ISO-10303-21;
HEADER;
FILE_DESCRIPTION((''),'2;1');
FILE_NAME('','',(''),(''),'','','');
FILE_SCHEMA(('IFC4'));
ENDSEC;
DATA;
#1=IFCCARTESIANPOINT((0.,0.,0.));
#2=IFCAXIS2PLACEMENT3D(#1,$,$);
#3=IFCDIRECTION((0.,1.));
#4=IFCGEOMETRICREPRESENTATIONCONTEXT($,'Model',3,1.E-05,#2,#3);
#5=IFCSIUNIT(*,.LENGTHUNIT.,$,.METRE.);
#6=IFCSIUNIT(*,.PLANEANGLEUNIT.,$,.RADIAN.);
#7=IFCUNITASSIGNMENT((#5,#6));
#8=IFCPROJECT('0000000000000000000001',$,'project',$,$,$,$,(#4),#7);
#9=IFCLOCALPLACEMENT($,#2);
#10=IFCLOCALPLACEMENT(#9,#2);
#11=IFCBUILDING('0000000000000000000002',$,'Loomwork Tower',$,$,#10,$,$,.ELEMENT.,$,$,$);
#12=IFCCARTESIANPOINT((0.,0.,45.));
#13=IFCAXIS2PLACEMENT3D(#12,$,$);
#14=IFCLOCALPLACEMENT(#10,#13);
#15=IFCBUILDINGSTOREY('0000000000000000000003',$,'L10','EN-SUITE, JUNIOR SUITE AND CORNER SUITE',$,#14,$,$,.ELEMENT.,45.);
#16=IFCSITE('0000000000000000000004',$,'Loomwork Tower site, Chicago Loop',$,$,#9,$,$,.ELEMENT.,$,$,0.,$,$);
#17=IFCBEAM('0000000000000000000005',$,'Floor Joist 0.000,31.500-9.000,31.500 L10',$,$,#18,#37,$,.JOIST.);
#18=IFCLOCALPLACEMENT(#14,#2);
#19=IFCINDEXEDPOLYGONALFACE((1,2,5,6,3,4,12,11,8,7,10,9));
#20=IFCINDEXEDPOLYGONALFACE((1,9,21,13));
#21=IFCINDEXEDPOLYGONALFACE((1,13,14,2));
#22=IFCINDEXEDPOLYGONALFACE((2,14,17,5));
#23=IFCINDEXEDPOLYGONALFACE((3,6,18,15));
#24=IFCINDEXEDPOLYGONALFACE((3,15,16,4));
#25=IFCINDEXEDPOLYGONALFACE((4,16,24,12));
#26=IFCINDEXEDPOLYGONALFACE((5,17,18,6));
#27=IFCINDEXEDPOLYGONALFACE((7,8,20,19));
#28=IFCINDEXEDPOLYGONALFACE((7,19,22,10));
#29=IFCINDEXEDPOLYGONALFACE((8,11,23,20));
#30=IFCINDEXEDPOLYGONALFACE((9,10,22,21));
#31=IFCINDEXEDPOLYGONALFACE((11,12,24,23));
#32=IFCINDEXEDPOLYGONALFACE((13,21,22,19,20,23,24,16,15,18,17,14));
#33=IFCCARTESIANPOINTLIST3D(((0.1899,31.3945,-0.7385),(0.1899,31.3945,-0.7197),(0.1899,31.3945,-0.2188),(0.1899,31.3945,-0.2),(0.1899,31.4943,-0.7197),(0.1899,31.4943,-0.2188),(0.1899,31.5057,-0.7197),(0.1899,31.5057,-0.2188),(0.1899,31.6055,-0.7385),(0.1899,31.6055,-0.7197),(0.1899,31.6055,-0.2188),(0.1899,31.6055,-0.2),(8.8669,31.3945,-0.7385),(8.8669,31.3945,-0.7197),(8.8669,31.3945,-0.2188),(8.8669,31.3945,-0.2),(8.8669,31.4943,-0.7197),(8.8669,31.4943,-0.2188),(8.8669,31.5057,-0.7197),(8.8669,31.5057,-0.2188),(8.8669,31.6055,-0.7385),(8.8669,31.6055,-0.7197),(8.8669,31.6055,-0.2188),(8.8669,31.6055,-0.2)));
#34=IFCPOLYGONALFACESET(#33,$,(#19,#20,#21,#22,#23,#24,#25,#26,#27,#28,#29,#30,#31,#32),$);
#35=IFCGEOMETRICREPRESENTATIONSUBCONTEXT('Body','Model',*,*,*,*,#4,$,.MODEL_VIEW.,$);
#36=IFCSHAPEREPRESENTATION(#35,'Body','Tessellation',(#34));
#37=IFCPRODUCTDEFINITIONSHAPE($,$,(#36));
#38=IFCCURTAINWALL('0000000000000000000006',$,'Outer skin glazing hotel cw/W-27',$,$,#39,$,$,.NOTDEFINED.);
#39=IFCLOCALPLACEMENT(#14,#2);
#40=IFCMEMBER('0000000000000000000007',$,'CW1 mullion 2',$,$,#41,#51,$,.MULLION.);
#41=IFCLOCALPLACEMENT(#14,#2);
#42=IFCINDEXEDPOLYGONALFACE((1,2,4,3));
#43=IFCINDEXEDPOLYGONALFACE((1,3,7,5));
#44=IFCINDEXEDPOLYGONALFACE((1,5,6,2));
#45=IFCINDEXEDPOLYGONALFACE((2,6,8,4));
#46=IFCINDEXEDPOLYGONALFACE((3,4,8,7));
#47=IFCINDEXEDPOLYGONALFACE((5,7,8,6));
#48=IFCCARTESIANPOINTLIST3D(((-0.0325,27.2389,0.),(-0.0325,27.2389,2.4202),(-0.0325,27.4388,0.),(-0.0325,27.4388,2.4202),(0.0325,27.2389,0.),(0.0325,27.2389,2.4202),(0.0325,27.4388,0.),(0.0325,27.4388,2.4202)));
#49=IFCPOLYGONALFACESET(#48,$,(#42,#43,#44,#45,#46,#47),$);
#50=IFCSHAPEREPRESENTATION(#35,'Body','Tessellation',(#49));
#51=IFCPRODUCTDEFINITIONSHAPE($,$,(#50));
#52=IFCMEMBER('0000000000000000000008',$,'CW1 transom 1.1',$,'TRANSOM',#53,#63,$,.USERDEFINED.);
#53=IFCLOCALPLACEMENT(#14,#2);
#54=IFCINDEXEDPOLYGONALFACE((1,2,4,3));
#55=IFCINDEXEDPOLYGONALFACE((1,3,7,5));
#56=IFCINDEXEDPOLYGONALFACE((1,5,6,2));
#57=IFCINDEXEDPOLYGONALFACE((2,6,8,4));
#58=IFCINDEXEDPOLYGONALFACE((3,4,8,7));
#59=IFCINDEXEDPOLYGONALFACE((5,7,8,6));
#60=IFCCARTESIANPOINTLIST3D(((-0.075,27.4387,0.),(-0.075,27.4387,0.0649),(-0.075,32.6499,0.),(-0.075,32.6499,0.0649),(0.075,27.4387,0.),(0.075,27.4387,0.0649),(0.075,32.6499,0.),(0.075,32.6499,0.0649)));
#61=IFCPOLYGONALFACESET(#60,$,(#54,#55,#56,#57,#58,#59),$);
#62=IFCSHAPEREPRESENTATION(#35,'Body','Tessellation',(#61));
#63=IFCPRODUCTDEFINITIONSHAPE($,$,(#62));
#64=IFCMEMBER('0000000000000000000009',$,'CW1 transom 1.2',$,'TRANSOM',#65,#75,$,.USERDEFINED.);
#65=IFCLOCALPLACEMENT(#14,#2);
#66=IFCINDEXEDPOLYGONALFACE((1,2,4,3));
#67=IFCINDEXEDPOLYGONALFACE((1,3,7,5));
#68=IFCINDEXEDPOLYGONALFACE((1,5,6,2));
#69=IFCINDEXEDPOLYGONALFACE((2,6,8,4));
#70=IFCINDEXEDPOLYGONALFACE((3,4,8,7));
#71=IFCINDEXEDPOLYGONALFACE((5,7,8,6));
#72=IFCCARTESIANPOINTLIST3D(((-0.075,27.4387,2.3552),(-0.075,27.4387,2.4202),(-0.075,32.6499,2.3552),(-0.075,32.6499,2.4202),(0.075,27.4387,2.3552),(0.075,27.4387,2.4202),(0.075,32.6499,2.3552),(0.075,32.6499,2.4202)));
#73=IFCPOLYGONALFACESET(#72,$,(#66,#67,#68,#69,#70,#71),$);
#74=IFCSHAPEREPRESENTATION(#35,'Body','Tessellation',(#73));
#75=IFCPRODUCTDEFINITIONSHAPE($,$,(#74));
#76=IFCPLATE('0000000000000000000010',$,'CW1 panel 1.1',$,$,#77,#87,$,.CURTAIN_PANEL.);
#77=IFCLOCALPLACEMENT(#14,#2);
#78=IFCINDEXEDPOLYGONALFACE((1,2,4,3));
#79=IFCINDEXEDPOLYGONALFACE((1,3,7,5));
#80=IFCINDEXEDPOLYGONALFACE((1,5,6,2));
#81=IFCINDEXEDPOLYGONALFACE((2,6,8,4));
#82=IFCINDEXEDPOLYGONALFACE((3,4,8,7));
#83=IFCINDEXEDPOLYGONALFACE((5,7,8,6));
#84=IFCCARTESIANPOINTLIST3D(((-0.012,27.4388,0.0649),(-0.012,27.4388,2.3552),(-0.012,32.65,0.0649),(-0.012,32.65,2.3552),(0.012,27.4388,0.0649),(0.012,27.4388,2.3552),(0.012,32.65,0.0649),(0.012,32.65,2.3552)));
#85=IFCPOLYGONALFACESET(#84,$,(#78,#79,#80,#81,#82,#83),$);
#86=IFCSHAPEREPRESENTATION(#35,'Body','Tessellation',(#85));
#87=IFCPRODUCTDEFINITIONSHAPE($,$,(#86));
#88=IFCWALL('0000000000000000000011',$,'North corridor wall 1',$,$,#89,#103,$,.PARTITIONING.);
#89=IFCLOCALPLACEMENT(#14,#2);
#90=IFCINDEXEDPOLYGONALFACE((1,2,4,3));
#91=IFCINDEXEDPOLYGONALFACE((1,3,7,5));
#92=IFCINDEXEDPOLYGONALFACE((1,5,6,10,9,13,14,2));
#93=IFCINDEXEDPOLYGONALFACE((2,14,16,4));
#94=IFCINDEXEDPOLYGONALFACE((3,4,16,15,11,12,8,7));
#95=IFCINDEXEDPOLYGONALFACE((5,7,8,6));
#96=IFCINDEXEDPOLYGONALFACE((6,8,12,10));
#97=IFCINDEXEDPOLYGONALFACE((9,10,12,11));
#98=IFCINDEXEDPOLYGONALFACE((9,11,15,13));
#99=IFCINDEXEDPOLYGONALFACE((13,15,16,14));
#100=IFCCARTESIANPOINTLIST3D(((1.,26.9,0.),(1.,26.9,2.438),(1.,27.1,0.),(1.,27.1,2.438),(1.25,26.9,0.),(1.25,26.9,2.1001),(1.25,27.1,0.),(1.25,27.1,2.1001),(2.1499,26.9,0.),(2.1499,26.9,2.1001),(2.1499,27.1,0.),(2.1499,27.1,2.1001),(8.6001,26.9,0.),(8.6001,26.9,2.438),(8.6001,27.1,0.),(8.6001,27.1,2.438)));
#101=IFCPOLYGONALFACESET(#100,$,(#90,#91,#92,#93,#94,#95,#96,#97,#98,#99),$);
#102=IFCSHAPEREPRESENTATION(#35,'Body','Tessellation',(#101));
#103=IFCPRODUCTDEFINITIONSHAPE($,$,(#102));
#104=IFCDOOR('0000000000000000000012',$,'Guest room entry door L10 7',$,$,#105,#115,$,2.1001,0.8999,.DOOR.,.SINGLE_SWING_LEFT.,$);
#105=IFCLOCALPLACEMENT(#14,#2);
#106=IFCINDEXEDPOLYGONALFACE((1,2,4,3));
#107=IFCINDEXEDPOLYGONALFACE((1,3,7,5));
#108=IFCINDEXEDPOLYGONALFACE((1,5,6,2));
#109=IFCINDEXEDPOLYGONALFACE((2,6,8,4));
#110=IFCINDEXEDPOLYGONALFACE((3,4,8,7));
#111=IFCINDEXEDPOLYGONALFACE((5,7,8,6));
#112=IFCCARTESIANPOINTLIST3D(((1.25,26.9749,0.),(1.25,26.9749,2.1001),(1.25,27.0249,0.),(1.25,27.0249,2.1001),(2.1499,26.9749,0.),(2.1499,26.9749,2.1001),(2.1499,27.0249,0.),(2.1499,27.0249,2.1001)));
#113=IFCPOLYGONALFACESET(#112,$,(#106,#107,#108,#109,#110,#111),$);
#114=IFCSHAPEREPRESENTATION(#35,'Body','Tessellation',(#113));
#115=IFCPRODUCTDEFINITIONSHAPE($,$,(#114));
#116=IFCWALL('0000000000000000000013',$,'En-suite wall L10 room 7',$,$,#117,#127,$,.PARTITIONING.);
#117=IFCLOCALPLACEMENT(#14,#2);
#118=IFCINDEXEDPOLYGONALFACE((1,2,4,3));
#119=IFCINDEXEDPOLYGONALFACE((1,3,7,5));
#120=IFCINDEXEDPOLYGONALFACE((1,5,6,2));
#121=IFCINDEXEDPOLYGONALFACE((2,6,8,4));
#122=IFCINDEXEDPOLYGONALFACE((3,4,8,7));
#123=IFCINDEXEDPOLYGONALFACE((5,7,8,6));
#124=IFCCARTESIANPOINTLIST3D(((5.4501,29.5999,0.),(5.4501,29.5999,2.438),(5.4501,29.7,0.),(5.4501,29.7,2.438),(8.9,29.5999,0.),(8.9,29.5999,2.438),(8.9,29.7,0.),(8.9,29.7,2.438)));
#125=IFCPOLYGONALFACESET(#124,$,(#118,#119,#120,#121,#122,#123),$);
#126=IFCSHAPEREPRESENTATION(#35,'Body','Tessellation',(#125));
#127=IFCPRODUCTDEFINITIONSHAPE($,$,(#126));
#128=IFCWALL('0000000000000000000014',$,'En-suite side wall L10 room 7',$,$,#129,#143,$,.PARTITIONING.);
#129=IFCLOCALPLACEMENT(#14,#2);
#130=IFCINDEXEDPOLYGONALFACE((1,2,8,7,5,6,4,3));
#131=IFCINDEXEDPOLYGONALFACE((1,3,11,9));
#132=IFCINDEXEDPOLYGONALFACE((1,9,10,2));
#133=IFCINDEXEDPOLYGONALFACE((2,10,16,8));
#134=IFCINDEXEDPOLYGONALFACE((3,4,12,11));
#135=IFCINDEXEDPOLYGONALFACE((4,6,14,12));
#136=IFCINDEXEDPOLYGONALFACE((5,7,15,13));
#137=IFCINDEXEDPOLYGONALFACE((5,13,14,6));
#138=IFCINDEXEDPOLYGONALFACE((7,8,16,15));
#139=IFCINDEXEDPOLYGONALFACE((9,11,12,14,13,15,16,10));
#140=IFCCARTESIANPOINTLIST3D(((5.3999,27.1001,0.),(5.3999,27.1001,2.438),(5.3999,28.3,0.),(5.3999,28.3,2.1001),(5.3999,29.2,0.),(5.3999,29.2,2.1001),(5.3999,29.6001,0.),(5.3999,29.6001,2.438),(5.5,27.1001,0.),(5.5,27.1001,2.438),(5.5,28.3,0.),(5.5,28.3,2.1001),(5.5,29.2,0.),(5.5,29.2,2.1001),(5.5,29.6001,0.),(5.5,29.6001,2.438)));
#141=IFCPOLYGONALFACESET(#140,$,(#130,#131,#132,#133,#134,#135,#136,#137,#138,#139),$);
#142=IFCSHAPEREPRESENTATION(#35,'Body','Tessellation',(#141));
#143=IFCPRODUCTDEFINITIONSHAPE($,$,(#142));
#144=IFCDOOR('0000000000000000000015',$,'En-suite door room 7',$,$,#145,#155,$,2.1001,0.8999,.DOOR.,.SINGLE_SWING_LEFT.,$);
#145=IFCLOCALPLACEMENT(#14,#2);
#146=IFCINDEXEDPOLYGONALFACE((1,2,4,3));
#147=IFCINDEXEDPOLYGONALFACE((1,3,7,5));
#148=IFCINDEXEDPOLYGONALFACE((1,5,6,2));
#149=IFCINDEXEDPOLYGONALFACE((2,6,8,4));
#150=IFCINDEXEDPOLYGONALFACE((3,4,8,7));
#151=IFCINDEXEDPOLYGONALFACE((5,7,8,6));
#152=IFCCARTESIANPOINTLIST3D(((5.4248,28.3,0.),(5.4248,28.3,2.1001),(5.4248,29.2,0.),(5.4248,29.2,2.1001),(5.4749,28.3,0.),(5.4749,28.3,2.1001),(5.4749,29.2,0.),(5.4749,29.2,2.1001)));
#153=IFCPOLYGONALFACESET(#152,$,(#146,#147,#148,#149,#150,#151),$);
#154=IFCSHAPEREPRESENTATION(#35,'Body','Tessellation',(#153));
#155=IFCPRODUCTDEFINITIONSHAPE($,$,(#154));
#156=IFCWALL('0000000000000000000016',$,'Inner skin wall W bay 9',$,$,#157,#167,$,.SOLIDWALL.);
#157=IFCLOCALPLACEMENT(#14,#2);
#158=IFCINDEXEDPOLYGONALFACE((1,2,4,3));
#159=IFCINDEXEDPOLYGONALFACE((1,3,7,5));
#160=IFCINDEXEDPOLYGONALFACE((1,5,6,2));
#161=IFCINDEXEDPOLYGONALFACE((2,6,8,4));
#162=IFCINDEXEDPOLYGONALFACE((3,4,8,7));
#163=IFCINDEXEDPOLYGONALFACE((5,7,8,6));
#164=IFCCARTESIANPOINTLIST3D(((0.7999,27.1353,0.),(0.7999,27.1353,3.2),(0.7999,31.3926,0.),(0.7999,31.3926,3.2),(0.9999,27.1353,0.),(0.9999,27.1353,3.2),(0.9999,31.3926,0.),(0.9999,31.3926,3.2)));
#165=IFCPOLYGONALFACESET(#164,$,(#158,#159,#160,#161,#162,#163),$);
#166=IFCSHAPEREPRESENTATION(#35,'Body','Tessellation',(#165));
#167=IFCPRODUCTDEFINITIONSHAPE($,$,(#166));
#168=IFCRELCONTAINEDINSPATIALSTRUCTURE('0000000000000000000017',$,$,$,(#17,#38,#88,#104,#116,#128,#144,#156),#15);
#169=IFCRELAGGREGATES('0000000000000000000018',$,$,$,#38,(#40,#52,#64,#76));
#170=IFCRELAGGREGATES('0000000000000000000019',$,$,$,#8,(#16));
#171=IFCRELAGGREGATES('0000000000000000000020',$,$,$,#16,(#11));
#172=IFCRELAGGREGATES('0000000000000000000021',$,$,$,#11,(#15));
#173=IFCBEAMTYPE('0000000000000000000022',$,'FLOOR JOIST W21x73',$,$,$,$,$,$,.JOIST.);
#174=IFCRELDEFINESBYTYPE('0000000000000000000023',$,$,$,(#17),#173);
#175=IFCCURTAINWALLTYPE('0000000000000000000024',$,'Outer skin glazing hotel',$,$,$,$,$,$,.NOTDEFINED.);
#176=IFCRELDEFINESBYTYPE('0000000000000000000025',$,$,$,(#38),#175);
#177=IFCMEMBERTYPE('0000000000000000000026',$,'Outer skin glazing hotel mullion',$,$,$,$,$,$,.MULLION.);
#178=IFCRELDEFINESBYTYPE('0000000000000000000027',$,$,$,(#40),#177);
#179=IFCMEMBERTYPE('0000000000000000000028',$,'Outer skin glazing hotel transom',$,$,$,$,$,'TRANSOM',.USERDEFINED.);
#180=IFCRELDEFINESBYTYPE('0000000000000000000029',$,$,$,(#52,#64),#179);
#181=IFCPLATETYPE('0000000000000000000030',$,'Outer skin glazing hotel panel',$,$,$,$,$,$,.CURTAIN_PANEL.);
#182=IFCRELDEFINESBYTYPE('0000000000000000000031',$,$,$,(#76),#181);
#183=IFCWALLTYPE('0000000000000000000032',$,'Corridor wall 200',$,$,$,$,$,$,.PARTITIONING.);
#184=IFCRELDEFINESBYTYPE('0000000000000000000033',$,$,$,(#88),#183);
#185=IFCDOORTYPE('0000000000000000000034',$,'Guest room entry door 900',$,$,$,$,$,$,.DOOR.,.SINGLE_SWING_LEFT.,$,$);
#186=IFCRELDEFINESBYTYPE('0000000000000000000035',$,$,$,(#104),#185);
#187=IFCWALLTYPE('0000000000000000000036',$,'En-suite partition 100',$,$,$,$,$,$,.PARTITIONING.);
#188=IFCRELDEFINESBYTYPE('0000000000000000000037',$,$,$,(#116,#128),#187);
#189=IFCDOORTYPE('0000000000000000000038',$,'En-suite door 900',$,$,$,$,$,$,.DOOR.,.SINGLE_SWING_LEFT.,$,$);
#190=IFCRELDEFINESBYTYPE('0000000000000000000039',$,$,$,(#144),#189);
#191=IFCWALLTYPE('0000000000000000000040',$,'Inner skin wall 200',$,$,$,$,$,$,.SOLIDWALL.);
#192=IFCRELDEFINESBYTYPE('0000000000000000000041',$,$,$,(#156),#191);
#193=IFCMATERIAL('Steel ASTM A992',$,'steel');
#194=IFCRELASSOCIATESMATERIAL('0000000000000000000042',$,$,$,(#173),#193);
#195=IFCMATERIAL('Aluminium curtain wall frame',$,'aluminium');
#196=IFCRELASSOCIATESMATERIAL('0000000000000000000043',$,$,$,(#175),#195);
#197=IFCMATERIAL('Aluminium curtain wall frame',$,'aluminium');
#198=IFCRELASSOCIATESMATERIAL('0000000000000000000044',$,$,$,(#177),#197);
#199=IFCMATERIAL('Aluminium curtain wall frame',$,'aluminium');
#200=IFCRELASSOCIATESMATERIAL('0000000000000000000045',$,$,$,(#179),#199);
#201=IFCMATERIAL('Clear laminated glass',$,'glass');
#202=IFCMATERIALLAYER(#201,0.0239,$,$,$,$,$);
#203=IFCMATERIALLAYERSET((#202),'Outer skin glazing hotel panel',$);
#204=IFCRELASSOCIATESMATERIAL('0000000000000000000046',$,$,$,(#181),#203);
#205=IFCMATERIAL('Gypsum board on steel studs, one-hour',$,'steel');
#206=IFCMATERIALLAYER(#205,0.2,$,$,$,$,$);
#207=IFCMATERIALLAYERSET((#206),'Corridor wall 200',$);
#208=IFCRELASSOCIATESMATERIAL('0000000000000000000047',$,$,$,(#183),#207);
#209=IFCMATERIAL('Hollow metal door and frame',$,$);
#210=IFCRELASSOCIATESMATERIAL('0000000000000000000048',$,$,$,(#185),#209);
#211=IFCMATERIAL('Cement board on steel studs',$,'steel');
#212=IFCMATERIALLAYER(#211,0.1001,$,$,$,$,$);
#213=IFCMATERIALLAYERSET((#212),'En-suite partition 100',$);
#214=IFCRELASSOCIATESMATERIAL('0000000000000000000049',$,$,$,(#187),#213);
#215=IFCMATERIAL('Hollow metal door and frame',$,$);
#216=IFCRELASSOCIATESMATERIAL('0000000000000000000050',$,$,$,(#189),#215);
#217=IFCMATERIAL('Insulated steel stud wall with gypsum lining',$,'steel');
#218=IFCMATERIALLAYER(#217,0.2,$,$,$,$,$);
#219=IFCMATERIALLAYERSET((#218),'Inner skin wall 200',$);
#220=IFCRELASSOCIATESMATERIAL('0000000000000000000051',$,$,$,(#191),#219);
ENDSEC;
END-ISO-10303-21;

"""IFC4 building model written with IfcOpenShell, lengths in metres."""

from ifc_helpers import new_model, si_unit, direction, frame, frame_2d, origin, origin_2d, place, context, subcontext, project, spatial, rectangle, i_section, extrude, material, layer, layer_set, material_profile, profile_set, type_object, element, fill, aggregate, save


model = new_model("IFC4")

# Units and contexts
model_context = context("Model", 3, precision=1e-05, world=origin(), true_north=direction((0.0, 1.0)))
body_context = subcontext(model_context, "Body", "Model", "MODEL_VIEW")
ifc_project = project(units=[si_unit("LENGTHUNIT", "METRE"), si_unit("PLANEANGLEUNIT", "RADIAN")], contexts=[model_context])

# Site, building, storey
site_placement = place(None, origin())
site = spatial("IfcSite", under=ifc_project, at=site_placement, Name="Loomwork Tower site, Chicago Loop", CompositionType="ELEMENT", RefElevation=0.0)
building_placement = place(site_placement, origin())
building = spatial("IfcBuilding", under=site, at=building_placement, Name="Loomwork Tower", CompositionType="ELEMENT")
storey_placement = place(building_placement, frame((0.0, 0.0, 45.0)))
storey = spatial("IfcBuildingStorey", under=building, at=storey_placement, Name="L10", Description="EN-SUITE, JUNIOR SUITE AND CORNER SUITE", CompositionType="ELEMENT", Elevation=45.0)

# Beam
ifc_material_1 = material(Name="Steel ASTM A992", Category="steel")
ifc_material_profile_1 = material_profile(ifc_material_1, i_section(OverallWidth=0.2109, OverallDepth=0.5386, WebThickness=0.0115, FlangeThickness=0.0188, at=origin_2d()), Name="W21x73")
ifc_profile_set_1 = profile_set([ifc_material_profile_1], Name="Steel ASTM A992")
beam_type = type_object("IfcBeamType", Name="FLOOR JOIST W21x73", PredefinedType="JOIST", material=ifc_profile_set_1)
beam_placement = place(storey_placement, frame((0.1899, 31.5, -0.4692), z_axis=(1.0, 0.0, 0.0), x_axis=(0.0, 1.0, 0.0)))
element("IfcBeam", 1, at=beam_placement, inside=storey, type_object=beam_type, Name="Floor Joist 0.000,31.500-9.000,31.500 L10", PredefinedType="JOIST", context=body_context, shape_type="SweptSolid", body=[
    extrude(i_section(OverallWidth=0.2109, OverallDepth=0.5386, WebThickness=0.0115, FlangeThickness=0.0188, at=origin_2d()), origin(), (0.0, 0.0, 1.0), 8.677),
])

# Curtain wall, members, plate
ifc_material_2 = material(Name="Aluminium curtain wall frame", Category="aluminium")
curtain_wall_type = type_object("IfcCurtainWallType", Name="Outer skin glazing hotel", PredefinedType="NOTDEFINED", material=ifc_material_2)
curtain_wall_placement = place(storey_placement, origin())
curtain_wall = element("IfcCurtainWall", 2, at=curtain_wall_placement, inside=storey, type_object=curtain_wall_type, Name="Outer skin glazing hotel cw/W-27", PredefinedType="NOTDEFINED")
ifc_material_3 = material(Name="Aluminium curtain wall frame", Category="aluminium")
ifc_material_profile_2 = material_profile(ifc_material_3, rectangle(XDim=0.0649, YDim=0.2, at=origin_2d()), Name="AL 65x200")
ifc_profile_set_2 = profile_set([ifc_material_profile_2], Name="Aluminium curtain wall frame")
member_type_1 = type_object("IfcMemberType", Name="Outer skin glazing hotel mullion", PredefinedType="MULLION", material=ifc_profile_set_2)
member_1_placement = place(storey_placement, frame((0.0, 27.3389, 0.0), z_axis=(0.0, 0.0, 1.0), x_axis=(1.0, 0.0, 0.0)))
member_1 = element("IfcMember", 3, at=member_1_placement, type_object=member_type_1, Name="CW1 mullion 2", PredefinedType="MULLION", context=body_context, shape_type="SweptSolid", body=[
    extrude(rectangle(XDim=0.0649, YDim=0.2, at=origin_2d()), origin(), (0.0, 0.0, 1.0), 2.4202),
])
ifc_material_4 = material(Name="Aluminium curtain wall frame", Category="aluminium")
ifc_material_profile_3 = material_profile(ifc_material_4, rectangle(XDim=0.1499, YDim=0.0649, at=origin_2d()), Name="AL 65x150")
ifc_profile_set_3 = profile_set([ifc_material_profile_3], Name="Aluminium curtain wall frame")
member_type_2 = type_object("IfcMemberType", Name="Outer skin glazing hotel transom", ElementType="TRANSOM", PredefinedType="USERDEFINED", material=ifc_profile_set_3)
member_2_placement = place(storey_placement, frame((0.0, 32.6499, 0.0325), z_axis=(0.0, -1.0, 0.0), x_axis=(1.0, 0.0, 0.0)))
member_2 = element("IfcMember", 4, at=member_2_placement, type_object=member_type_2, Name="CW1 transom 1.1", ObjectType="TRANSOM", PredefinedType="USERDEFINED", context=body_context, shape_type="SweptSolid", body=[
    extrude(rectangle(XDim=0.1499, YDim=0.0649, at=origin_2d()), origin(), (0.0, 0.0, 1.0), 5.2112),
])
member_3_placement = place(storey_placement, frame((0.0, 32.6499, 2.3877), z_axis=(0.0, -1.0, 0.0), x_axis=(1.0, 0.0, 0.0)))
member_3 = element("IfcMember", 5, at=member_3_placement, type_object=member_type_2, Name="CW1 transom 1.2", ObjectType="TRANSOM", PredefinedType="USERDEFINED", context=body_context, shape_type="SweptSolid", body=[
    extrude(rectangle(XDim=0.1499, YDim=0.0649, at=origin_2d()), origin(), (0.0, 0.0, 1.0), 5.2112),
])
ifc_material_5 = material(Name="Clear laminated glass", Category="glass")
ifc_layer_1 = layer(ifc_material_5, 0.0239)
ifc_layer_set_1 = layer_set([ifc_layer_1], Name="Outer skin glazing hotel panel")
plate_type = type_object("IfcPlateType", Name="Outer skin glazing hotel panel", PredefinedType="CURTAIN_PANEL", material=ifc_layer_set_1)
plate_placement = place(storey_placement, frame((0.0, 30.0444, 0.0649), z_axis=(0.0, 0.0, 1.0), x_axis=(0.0, -1.0, 0.0)))
plate = element("IfcPlate", 6, at=plate_placement, type_object=plate_type, Name="CW1 panel 1.1", PredefinedType="CURTAIN_PANEL", context=body_context, shape_type="SweptSolid", body=[
    extrude(rectangle(XDim=5.2112, YDim=0.0239, at=origin_2d()), origin(), (0.0, 0.0, 1.0), 2.2903),
])
aggregate(curtain_wall, [member_1, member_2, member_3, plate])

# Wall, opening, door
ifc_material_6 = material(Name="Gypsum board on steel studs, one-hour", Category="steel")
ifc_layer_2 = layer(ifc_material_6, 0.2)
ifc_layer_set_2 = layer_set([ifc_layer_2], Name="Corridor wall 200")
wall_type_1 = type_object("IfcWallType", Name="Corridor wall 200", PredefinedType="PARTITIONING", material=ifc_layer_set_2)
wall_1_placement = place(storey_placement, frame((1.0, 27.0, 0.0), z_axis=(0.0, 0.0, 1.0), x_axis=(1.0, 0.0, 0.0)))
wall_1 = element("IfcWall", 7, at=wall_1_placement, inside=storey, type_object=wall_type_1, Name="North corridor wall 1", PredefinedType="PARTITIONING", context=body_context, shape_type="SweptSolid", body=[
    extrude(rectangle(XDim=7.6001, YDim=0.2, at=frame_2d((3.8, 0.0))), origin(), (0.0, 0.0, 1.0), 2.438),
])
opening_1_placement = place(wall_1_placement, frame((0.25, 0.0, 0.0)))
opening_1 = element("IfcOpeningElement", 8, at=opening_1_placement, cuts=wall_1, PredefinedType="OPENING", context=body_context, shape_type="SweptSolid", body=[
    extrude(rectangle(XDim=0.8999, YDim=2.1001, at=frame_2d((0.45, 1.05))), frame((0.0, 0.1099, 0.0), z_axis=(0.0, -1.0, 0.0), x_axis=(1.0, 0.0, 0.0)), (0.0, 0.0, 1.0), 0.22),
])
ifc_material_7 = material(Name="Hollow metal door and frame")
door_type_1 = type_object("IfcDoorType", Name="Guest room entry door 900", OperationType="SINGLE_SWING_LEFT", PredefinedType="DOOR", material=ifc_material_7)
door_1_placement = place(opening_1_placement, origin())
door_1 = element("IfcDoor", 9, at=door_1_placement, inside=storey, type_object=door_type_1, Name="Guest room entry door L10 7", OperationType="SINGLE_SWING_LEFT", OverallHeight=2.1001, OverallWidth=0.8999, PredefinedType="DOOR", context=body_context, shape_type="SweptSolid", body=[
    extrude(rectangle(XDim=0.8999, YDim=2.1001, at=frame_2d((0.45, 1.05))), frame((0.0, 0.0249, 0.0), z_axis=(0.0, -1.0, 0.0), x_axis=(1.0, 0.0, 0.0)), (0.0, 0.0, 1.0), 0.05),
])
fill(opening_1, door_1)

# Wall
ifc_material_8 = material(Name="Cement board on steel studs", Category="steel")
ifc_layer_3 = layer(ifc_material_8, 0.1001)
ifc_layer_set_3 = layer_set([ifc_layer_3], Name="En-suite partition 100")
wall_type_2 = type_object("IfcWallType", Name="En-suite partition 100", PredefinedType="PARTITIONING", material=ifc_layer_set_3)
wall_2_placement = place(storey_placement, frame((5.45, 29.6499, 0.0), z_axis=(0.0, 0.0, 1.0), x_axis=(1.0, 0.0, 0.0)))
element("IfcWall", 10, at=wall_2_placement, inside=storey, type_object=wall_type_2, Name="En-suite wall L10 room 7", PredefinedType="PARTITIONING", context=body_context, shape_type="SweptSolid", body=[
    extrude(rectangle(XDim=3.45, YDim=0.1001, at=frame_2d((1.7251, 0.0))), origin(), (0.0, 0.0, 1.0), 2.438),
])

# Wall, opening, door
wall_3_placement = place(storey_placement, frame((5.45, 27.1001, 0.0), z_axis=(0.0, 0.0, 1.0), x_axis=(0.0, 1.0, 0.0)))
wall_3 = element("IfcWall", 11, at=wall_3_placement, inside=storey, type_object=wall_type_2, Name="En-suite side wall L10 room 7", PredefinedType="PARTITIONING", context=body_context, shape_type="SweptSolid", body=[
    extrude(rectangle(XDim=2.5, YDim=0.1001, at=frame_2d((1.25, 0.0))), origin(), (0.0, 0.0, 1.0), 2.438),
])
opening_2_placement = place(wall_3_placement, frame((1.2, 0.0, 0.0)))
opening_2 = element("IfcOpeningElement", 12, at=opening_2_placement, cuts=wall_3, PredefinedType="OPENING", context=body_context, shape_type="SweptSolid", body=[
    extrude(rectangle(XDim=0.8999, YDim=2.1001, at=frame_2d((0.45, 1.05))), frame((0.0, 0.0601, 0.0), z_axis=(0.0, -1.0, 0.0), x_axis=(1.0, 0.0, 0.0)), (0.0, 0.0, 1.0), 0.1201),
])
ifc_material_9 = material(Name="Hollow metal door and frame")
door_type_2 = type_object("IfcDoorType", Name="En-suite door 900", OperationType="SINGLE_SWING_LEFT", PredefinedType="DOOR", material=ifc_material_9)
door_2_placement = place(opening_2_placement, frame((0.8999, 0.0, 0.0), z_axis=(0.0, 0.0, 1.0), x_axis=(-1.0, 0.0, 0.0)))
door_2 = element("IfcDoor", 13, at=door_2_placement, inside=storey, type_object=door_type_2, Name="En-suite door room 7", OperationType="SINGLE_SWING_LEFT", OverallHeight=2.1001, OverallWidth=0.8999, PredefinedType="DOOR", context=body_context, shape_type="SweptSolid", body=[
    extrude(rectangle(XDim=0.8999, YDim=2.1001, at=frame_2d((0.45, 1.05))), frame((0.0, 0.0249, 0.0), z_axis=(0.0, -1.0, 0.0), x_axis=(1.0, 0.0, 0.0)), (0.0, 0.0, 1.0), 0.05),
])
fill(opening_2, door_2)

# Wall
ifc_material_10 = material(Name="Insulated steel stud wall with gypsum lining", Category="steel")
ifc_layer_4 = layer(ifc_material_10, 0.2)
ifc_layer_set_4 = layer_set([ifc_layer_4], Name="Inner skin wall 200")
wall_type_3 = type_object("IfcWallType", Name="Inner skin wall 200", PredefinedType="SOLIDWALL", material=ifc_layer_set_4)
wall_4_placement = place(storey_placement, frame((0.8999, 27.1353, 0.0), z_axis=(0.0, 0.0, 1.0), x_axis=(0.0, 1.0, 0.0)))
element("IfcWall", 14, at=wall_4_placement, inside=storey, type_object=wall_type_3, Name="Inner skin wall W bay 9", PredefinedType="SOLIDWALL", context=body_context, shape_type="SweptSolid", body=[
    extrude(rectangle(XDim=4.2573, YDim=0.2, at=frame_2d((2.1287, 0.0))), origin(), (0.0, 0.0, 1.0), 3.2),
])

save(model, "model.ifc")
